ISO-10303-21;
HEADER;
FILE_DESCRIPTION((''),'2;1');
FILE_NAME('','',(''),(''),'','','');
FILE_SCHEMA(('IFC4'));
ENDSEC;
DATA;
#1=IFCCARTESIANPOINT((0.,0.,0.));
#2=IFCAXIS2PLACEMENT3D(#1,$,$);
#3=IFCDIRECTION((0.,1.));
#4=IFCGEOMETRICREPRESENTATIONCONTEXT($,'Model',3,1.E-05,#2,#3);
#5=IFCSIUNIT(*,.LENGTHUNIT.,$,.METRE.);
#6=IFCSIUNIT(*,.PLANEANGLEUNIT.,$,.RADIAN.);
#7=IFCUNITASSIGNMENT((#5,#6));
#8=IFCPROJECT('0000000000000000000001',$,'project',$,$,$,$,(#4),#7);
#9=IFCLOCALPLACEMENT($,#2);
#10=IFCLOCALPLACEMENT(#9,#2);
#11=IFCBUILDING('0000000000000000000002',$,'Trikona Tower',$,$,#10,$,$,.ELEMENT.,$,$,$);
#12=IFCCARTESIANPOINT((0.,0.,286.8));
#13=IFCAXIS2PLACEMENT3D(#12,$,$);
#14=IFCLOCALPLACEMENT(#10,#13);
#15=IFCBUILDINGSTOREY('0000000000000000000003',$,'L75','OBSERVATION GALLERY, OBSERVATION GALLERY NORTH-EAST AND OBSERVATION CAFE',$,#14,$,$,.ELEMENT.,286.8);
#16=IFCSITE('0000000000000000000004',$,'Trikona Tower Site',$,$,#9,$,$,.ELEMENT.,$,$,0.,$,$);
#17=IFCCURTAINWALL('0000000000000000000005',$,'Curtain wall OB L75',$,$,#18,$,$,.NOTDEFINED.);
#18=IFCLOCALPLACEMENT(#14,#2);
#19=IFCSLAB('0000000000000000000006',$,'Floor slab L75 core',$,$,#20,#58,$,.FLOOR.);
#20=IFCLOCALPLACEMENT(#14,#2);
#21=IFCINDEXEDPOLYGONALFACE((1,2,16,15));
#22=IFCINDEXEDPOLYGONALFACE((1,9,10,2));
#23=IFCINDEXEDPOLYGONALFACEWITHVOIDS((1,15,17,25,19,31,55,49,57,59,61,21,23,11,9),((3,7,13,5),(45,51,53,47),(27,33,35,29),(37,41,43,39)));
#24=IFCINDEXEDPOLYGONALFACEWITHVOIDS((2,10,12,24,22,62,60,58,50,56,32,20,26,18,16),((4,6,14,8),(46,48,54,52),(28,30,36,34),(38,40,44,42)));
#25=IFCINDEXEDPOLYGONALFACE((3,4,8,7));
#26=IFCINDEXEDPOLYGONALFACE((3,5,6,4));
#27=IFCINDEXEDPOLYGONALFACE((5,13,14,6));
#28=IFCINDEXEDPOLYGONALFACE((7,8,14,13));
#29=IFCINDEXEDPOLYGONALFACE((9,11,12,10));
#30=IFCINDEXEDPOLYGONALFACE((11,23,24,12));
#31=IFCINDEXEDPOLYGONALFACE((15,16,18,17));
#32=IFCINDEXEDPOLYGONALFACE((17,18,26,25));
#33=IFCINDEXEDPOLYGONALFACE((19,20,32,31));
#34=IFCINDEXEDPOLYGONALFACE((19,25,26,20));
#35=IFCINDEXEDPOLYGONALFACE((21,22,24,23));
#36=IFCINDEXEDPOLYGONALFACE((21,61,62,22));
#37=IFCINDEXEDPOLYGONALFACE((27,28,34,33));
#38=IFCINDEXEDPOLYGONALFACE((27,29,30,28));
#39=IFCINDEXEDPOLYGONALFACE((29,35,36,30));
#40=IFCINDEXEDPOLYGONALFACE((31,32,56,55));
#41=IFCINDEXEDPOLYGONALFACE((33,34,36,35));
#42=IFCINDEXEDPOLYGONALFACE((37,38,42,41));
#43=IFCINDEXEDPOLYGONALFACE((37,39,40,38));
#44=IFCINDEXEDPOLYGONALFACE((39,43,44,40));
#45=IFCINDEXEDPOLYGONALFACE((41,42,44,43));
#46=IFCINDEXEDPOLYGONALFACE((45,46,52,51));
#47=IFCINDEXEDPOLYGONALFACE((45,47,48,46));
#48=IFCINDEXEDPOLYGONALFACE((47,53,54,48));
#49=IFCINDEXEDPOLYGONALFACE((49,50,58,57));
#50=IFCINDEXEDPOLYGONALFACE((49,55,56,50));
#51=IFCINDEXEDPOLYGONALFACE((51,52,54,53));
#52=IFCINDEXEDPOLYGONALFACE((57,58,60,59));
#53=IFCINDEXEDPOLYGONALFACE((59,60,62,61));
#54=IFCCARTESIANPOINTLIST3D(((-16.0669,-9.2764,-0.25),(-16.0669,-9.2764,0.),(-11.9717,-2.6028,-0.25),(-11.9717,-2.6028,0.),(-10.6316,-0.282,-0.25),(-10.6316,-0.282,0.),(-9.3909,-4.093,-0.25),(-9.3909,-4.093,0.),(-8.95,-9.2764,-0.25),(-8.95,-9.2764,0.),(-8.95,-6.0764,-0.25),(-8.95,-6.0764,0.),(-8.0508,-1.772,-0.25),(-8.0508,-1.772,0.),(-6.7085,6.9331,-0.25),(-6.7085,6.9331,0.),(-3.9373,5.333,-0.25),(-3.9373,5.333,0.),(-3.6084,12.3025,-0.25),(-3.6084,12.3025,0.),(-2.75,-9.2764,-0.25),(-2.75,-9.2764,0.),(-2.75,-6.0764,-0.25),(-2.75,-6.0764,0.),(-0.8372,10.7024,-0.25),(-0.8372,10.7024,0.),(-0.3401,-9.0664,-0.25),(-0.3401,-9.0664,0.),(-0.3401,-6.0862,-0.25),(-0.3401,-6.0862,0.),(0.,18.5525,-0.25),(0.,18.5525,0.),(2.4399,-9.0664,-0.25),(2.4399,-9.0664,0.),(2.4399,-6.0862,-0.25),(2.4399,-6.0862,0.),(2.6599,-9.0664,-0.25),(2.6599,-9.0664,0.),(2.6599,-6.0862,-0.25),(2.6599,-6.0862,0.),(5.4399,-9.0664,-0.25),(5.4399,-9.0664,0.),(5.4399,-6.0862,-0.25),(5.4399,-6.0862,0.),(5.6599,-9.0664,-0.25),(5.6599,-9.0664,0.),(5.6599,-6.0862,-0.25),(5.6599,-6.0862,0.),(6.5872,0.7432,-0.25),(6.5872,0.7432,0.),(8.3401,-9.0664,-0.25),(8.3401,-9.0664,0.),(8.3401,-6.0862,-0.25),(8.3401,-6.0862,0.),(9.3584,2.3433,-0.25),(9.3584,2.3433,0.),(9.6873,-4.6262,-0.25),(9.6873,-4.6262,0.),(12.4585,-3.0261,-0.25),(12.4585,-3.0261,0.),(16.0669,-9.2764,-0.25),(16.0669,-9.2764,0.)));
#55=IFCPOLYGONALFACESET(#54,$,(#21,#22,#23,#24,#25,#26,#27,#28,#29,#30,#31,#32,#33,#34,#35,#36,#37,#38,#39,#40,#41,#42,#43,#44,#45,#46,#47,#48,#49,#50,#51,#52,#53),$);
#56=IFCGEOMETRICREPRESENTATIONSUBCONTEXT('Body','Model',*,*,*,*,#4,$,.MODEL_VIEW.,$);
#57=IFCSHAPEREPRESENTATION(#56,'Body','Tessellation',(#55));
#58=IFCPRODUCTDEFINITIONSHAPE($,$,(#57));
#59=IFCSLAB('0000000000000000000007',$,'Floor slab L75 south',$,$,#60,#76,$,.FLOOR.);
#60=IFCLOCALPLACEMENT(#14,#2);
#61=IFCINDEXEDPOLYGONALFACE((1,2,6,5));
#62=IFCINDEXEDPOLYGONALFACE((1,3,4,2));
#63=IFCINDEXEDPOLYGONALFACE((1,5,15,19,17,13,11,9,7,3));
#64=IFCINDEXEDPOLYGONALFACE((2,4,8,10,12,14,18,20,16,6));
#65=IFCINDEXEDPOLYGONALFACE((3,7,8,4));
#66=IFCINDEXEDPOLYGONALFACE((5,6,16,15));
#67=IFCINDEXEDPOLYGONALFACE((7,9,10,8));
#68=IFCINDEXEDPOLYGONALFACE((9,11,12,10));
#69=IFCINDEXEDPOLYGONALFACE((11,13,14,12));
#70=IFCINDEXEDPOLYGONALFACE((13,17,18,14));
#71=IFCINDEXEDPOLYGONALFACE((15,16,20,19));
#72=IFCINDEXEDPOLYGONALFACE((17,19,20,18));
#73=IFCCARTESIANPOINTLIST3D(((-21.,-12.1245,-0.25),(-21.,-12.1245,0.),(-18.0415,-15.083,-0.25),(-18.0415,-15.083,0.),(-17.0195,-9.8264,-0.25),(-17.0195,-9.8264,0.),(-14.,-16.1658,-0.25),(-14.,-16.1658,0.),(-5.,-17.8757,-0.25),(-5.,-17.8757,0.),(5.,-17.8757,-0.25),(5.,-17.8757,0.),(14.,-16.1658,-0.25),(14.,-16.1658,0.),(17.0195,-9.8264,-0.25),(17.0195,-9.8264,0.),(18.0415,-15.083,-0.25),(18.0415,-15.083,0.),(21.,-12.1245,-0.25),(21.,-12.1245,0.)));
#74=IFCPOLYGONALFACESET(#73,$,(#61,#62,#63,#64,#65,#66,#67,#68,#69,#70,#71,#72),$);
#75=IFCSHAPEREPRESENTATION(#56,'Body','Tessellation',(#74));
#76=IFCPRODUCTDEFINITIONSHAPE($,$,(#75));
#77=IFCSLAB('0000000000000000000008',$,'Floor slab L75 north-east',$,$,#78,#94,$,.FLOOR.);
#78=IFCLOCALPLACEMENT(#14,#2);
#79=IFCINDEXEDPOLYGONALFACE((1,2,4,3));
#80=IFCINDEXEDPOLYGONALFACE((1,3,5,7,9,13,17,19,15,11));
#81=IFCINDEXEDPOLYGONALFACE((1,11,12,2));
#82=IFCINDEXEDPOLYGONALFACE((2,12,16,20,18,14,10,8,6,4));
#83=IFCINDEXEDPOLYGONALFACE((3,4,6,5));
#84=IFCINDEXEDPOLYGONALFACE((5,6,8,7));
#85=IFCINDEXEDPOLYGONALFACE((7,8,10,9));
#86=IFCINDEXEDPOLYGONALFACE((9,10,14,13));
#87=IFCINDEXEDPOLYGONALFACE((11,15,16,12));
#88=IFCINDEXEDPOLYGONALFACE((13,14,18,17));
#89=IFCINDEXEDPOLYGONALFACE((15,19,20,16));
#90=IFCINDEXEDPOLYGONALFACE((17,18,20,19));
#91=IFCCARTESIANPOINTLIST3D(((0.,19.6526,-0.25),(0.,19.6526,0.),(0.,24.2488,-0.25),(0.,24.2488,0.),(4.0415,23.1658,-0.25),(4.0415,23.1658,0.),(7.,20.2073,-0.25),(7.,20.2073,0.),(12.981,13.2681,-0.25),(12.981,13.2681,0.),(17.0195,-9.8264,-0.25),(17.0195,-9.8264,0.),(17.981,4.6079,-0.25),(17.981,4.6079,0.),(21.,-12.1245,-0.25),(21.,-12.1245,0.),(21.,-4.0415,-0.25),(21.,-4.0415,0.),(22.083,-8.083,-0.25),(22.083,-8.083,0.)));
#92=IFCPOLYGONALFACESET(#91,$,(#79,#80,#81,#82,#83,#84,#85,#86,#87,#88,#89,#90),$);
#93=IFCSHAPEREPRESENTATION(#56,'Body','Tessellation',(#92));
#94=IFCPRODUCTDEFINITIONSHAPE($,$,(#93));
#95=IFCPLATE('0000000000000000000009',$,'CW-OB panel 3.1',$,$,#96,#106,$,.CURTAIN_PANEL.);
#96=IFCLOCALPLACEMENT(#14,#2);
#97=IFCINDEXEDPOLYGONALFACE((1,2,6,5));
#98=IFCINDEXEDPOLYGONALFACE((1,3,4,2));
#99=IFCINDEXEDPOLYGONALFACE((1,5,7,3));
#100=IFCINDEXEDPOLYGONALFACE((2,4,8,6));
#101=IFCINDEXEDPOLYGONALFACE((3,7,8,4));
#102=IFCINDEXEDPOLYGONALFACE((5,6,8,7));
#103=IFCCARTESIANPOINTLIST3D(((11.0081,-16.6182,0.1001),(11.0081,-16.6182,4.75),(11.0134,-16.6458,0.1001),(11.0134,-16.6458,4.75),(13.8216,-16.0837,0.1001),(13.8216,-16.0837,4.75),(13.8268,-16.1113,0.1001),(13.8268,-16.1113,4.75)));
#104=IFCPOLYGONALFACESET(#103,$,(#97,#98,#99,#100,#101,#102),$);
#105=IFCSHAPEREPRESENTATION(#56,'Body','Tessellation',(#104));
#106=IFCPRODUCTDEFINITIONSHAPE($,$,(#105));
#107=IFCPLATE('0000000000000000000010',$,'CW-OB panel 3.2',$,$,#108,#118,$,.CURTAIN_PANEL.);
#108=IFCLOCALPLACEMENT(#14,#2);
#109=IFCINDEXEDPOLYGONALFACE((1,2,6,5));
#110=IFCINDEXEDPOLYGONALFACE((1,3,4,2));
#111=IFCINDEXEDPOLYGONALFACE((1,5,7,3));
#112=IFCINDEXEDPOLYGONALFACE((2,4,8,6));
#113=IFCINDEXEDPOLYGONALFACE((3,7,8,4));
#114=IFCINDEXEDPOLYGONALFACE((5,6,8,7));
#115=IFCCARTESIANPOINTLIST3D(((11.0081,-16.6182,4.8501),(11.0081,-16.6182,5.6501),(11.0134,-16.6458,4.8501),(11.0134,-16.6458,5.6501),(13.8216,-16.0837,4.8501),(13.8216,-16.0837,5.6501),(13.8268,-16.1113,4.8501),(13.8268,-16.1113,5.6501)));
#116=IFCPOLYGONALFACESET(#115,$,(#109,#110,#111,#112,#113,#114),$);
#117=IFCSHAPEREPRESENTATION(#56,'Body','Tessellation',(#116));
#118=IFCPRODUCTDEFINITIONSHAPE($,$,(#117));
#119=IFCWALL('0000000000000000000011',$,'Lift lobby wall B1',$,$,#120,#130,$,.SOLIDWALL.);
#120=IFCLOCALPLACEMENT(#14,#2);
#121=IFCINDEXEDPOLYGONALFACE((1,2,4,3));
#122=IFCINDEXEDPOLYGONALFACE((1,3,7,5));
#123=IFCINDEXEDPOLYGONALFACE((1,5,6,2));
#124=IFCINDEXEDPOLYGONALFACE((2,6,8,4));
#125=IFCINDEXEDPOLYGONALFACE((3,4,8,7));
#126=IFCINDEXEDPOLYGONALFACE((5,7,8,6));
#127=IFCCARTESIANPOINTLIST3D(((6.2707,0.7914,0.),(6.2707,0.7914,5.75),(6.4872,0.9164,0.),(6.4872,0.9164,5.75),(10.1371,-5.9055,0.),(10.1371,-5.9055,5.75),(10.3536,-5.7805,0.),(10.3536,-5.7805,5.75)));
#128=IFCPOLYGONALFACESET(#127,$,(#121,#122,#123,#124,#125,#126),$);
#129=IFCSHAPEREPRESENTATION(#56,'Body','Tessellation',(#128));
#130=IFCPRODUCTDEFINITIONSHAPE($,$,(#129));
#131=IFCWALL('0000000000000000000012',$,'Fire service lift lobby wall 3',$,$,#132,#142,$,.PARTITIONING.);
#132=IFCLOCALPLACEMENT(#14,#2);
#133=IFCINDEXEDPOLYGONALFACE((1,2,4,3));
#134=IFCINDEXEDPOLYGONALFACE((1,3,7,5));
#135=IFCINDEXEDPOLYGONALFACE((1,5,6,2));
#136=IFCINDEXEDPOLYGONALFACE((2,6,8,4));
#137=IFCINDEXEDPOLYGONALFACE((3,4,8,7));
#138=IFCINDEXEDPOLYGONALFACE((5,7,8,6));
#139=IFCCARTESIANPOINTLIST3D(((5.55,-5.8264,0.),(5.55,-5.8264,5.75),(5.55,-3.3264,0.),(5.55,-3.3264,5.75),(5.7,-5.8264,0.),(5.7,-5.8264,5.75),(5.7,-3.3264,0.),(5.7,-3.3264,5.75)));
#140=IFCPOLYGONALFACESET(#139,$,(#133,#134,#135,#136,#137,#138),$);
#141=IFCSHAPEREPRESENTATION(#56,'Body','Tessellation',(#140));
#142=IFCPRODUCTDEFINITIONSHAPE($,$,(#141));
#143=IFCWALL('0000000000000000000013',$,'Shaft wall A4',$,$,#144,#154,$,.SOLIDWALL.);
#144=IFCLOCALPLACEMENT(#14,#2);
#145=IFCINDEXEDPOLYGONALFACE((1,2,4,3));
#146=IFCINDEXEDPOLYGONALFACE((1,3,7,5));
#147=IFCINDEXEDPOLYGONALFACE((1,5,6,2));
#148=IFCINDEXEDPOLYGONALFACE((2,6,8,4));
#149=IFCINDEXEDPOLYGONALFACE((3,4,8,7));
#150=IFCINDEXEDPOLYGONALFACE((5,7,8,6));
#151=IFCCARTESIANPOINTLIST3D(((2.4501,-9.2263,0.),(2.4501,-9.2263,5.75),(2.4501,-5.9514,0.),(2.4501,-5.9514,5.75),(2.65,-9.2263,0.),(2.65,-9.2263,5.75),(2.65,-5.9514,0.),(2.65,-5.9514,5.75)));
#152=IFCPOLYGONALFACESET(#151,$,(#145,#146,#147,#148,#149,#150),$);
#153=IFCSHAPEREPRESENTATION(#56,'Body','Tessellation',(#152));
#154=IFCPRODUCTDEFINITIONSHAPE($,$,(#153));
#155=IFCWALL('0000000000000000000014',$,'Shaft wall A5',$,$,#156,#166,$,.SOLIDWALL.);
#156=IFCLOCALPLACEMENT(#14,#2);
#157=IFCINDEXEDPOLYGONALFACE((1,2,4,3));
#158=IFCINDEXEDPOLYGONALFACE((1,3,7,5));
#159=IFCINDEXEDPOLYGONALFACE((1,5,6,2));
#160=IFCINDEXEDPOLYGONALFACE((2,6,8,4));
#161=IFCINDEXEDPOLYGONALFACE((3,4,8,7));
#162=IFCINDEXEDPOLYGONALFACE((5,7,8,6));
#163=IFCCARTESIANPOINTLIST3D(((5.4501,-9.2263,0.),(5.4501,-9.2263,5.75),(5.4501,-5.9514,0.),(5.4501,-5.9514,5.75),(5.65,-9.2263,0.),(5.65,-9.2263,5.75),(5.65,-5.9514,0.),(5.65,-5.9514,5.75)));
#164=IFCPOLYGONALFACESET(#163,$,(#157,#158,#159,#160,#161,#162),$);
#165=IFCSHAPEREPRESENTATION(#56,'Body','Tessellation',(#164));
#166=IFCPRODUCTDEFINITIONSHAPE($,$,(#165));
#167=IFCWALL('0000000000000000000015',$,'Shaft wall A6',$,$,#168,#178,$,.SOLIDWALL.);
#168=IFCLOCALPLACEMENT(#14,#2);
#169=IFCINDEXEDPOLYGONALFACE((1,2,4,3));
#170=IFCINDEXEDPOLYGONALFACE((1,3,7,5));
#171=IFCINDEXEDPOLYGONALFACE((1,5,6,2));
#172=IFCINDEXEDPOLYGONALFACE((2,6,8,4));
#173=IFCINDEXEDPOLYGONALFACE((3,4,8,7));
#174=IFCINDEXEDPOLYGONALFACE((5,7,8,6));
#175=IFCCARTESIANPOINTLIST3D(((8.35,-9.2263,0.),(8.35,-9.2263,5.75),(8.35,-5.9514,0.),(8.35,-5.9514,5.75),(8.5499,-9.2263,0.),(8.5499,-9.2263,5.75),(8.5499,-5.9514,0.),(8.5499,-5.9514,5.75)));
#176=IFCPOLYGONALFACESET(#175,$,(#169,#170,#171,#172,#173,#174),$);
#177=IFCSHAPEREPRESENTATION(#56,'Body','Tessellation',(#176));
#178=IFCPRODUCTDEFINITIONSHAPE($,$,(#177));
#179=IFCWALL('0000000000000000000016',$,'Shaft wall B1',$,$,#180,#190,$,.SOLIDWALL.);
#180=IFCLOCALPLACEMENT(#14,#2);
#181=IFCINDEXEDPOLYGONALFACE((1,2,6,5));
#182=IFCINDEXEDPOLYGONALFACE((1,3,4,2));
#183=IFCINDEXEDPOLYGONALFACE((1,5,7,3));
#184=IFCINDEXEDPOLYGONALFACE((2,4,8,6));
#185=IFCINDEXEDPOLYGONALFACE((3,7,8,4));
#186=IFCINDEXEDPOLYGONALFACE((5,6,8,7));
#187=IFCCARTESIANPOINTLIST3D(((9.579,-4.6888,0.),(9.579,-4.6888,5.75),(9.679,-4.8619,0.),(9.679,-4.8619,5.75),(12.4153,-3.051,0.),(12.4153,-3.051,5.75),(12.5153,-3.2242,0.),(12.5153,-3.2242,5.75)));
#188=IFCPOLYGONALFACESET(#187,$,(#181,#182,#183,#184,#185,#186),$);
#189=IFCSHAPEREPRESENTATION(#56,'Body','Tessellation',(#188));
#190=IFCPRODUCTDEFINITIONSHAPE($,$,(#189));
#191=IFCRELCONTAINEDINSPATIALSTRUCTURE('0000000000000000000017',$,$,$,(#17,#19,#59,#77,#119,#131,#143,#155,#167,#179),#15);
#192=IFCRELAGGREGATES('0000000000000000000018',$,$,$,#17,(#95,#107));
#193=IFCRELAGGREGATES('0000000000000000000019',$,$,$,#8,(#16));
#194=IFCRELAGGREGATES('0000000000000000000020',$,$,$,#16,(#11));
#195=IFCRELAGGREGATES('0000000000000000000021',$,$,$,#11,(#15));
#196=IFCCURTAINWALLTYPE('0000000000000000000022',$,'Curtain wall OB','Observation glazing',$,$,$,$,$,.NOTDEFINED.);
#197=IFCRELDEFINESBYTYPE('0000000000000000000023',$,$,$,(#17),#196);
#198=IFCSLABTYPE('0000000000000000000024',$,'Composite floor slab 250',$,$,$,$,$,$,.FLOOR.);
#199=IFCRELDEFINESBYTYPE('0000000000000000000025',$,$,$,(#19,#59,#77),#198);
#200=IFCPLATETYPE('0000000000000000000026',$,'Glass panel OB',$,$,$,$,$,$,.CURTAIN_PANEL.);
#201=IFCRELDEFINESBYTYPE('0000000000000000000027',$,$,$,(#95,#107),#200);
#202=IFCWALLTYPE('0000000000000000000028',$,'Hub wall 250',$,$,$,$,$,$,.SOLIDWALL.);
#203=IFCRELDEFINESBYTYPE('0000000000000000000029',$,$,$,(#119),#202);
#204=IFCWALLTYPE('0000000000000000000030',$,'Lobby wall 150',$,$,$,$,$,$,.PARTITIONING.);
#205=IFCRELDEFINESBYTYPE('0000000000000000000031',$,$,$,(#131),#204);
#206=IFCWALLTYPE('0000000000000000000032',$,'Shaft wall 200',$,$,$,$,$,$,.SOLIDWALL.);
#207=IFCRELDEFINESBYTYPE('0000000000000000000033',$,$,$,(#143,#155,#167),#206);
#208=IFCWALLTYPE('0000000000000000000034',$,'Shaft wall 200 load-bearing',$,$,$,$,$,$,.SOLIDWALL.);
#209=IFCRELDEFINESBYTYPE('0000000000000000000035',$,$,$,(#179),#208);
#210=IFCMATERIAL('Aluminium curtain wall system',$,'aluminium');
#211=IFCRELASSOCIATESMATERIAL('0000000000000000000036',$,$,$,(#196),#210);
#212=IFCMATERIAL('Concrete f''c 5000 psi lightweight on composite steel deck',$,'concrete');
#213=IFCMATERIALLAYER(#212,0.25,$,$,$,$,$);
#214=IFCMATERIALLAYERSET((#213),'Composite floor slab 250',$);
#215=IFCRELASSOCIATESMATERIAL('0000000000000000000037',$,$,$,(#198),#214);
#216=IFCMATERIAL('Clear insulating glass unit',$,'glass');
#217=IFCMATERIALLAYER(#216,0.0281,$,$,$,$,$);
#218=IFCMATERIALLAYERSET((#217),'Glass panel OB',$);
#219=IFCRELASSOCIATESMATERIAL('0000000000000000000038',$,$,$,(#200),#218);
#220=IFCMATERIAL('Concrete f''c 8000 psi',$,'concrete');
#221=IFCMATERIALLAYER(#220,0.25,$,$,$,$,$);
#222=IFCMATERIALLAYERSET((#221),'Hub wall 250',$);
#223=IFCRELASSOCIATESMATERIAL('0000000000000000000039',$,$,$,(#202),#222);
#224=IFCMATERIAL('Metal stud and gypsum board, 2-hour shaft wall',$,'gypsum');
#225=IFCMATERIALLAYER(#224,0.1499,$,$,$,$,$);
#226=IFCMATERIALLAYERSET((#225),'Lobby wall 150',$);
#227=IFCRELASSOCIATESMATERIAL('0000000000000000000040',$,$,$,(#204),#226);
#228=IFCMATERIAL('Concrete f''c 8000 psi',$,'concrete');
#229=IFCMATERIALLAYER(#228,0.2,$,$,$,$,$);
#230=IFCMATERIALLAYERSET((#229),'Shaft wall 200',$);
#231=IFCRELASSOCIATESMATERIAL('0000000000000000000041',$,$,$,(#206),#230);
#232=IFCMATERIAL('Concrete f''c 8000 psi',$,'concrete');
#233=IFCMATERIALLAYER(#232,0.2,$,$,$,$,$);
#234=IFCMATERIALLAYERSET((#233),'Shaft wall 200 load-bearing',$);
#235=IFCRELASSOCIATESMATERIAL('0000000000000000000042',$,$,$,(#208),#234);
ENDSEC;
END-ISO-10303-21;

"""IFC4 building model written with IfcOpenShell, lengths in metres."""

from ifc_helpers import new_model, si_unit, direction, frame, frame_2d, origin, origin_2d, place, context, subcontext, project, spatial, polyline, rectangle, outline, extrude, material, layer, layer_set, type_object, element, aggregate, save


model = new_model("IFC4")

# Units and contexts
model_context = context("Model", 3, precision=1e-05, world=origin(), true_north=direction((0.0, 1.0)))
body_context = subcontext(model_context, "Body", "Model", "MODEL_VIEW")
ifc_project = project(units=[si_unit("LENGTHUNIT", "METRE"), si_unit("PLANEANGLEUNIT", "RADIAN")], contexts=[model_context])

# Site, building, storey
site_placement = place(None, origin())
site = spatial("IfcSite", under=ifc_project, at=site_placement, Name="Trikona Tower Site", CompositionType="ELEMENT", RefElevation=0.0)
building_placement = place(site_placement, origin())
building = spatial("IfcBuilding", under=site, at=building_placement, Name="Trikona Tower", CompositionType="ELEMENT")
storey_placement = place(building_placement, frame((0.0, 0.0, 286.8)))
storey = spatial("IfcBuildingStorey", under=building, at=storey_placement, Name="L75", Description="OBSERVATION GALLERY, OBSERVATION GALLERY NORTH-EAST AND OBSERVATION CAFE", CompositionType="ELEMENT", Elevation=286.8)

# Curtain wall
ifc_material_1 = material(Name="Aluminium curtain wall system", Category="aluminium")
curtain_wall_type = type_object("IfcCurtainWallType", Name="Curtain wall OB", Description="Observation glazing", PredefinedType="NOTDEFINED", material=ifc_material_1)
curtain_wall_placement = place(storey_placement, origin())
curtain_wall = element("IfcCurtainWall", 1, at=curtain_wall_placement, inside=storey, type_object=curtain_wall_type, Name="Curtain wall OB L75", PredefinedType="NOTDEFINED")

# Slabs
ifc_material_2 = material(Name="Concrete f'c 5000 psi lightweight on composite steel deck", Category="concrete")
ifc_layer_1 = layer(ifc_material_2, 0.25)
ifc_layer_set_1 = layer_set([ifc_layer_1], Name="Composite floor slab 250")
slab_type = type_object("IfcSlabType", Name="Composite floor slab 250", PredefinedType="FLOOR", material=ifc_layer_set_1)
slab_1_placement = place(storey_placement, frame((0.0, 0.0, -0.25)))
element("IfcSlab", 2, at=slab_1_placement, inside=storey, type_object=slab_type, Name="Floor slab L75 core", PredefinedType="FLOOR", context=body_context, shape_type="SweptSolid", body=[
    extrude(outline(polyline([(-16.0669, -9.2764), (-8.95, -9.2764), (-8.95, -6.0764), (-2.75, -6.0764), (-2.75, -9.2764), (16.0669, -9.2764), (12.4585, -3.0261), (9.6873, -4.6262), (6.5872, 0.7432), (9.3584, 2.3433), (0.0, 18.5525), (-3.6084, 12.3025), (-0.8372, 10.7024), (-3.9373, 5.333), (-6.7085, 6.9331), (-16.0669, -9.2764)]), holes=[polyline([(5.6599, -9.0664), (8.3401, -9.0664), (8.3401, -6.0862), (5.6599, -6.0862), (5.6599, -9.0664)]), polyline([(5.4399, -9.0664), (5.4399, -6.0862), (2.6599, -6.0862), (2.6599, -9.0664), (5.4399, -9.0664)]), polyline([(2.4399, -6.0862), (-0.3401, -6.0862), (-0.3401, -9.0664), (2.4399, -9.0664), (2.4399, -6.0862)]), polyline([(-11.9717, -2.6028), (-9.3909, -4.093), (-8.0508, -1.772), (-10.6316, -0.282), (-11.9717, -2.6028)])]), origin(), (0.0, 0.0, 1.0), 0.25),
])
slab_2_placement = place(storey_placement, frame((0.0, 0.0, -0.25)))
element("IfcSlab", 3, at=slab_2_placement, inside=storey, type_object=slab_type, Name="Floor slab L75 south", PredefinedType="FLOOR", context=body_context, shape_type="SweptSolid", body=[
    extrude(outline(polyline([(21.0, -12.1245), (17.0195, -9.8264), (-17.0195, -9.8264), (-21.0, -12.1245), (-18.0415, -15.083), (-14.0, -16.1658), (-5.0, -17.8757), (5.0, -17.8757), (14.0, -16.1658), (18.0415, -15.083), (21.0, -12.1245)])), origin(), (0.0, 0.0, 1.0), 0.25),
])
slab_3_placement = place(storey_placement, frame((0.0, 0.0, -0.25)))
element("IfcSlab", 4, at=slab_3_placement, inside=storey, type_object=slab_type, Name="Floor slab L75 north-east", PredefinedType="FLOOR", context=body_context, shape_type="SweptSolid", body=[
    extrude(outline(polyline([(4.0415, 23.1658), (0.0, 24.2488), (0.0, 19.6526), (17.0195, -9.8264), (21.0, -12.1245), (22.083, -8.083), (21.0, -4.0415), (17.981, 4.6079), (12.981, 13.2681), (7.0, 20.2073), (4.0415, 23.1658)])), origin(), (0.0, 0.0, 1.0), 0.25),
])

# Plates
ifc_material_3 = material(Name="Clear insulating glass unit", Category="glass")
ifc_layer_2 = layer(ifc_material_3, 0.0281)
ifc_layer_set_2 = layer_set([ifc_layer_2], Name="Glass panel OB")
plate_type = type_object("IfcPlateType", Name="Glass panel OB", PredefinedType="CURTAIN_PANEL", material=ifc_layer_set_2)
plate_1_placement = place(storey_placement, frame((12.4175, -16.3647, 0.1001), z_axis=(0.0, 0.0, 1.0), x_axis=(0.982424, 0.186661, 0.0)))
plate_1 = element("IfcPlate", 5, at=plate_1_placement, type_object=plate_type, Name="CW-OB panel 3.1", PredefinedType="CURTAIN_PANEL", context=body_context, shape_type="SweptSolid", body=[
    extrude(rectangle(XDim=2.8638, YDim=0.0281, at=origin_2d()), origin(), (0.0, 0.0, 1.0), 4.6499),
])
plate_2_placement = place(storey_placement, frame((12.4175, -16.3647, 4.8501), z_axis=(0.0, 0.0, 1.0), x_axis=(0.982424, 0.186661, 0.0)))
plate_2 = element("IfcPlate", 6, at=plate_2_placement, type_object=plate_type, Name="CW-OB panel 3.2", PredefinedType="CURTAIN_PANEL", context=body_context, shape_type="SweptSolid", body=[
    extrude(rectangle(XDim=2.8638, YDim=0.0281, at=origin_2d()), origin(), (0.0, 0.0, 1.0), 0.8),
])
aggregate(curtain_wall, [plate_1, plate_2])

# Walls
ifc_material_4 = material(Name="Concrete f'c 8000 psi", Category="concrete")
ifc_layer_3 = layer(ifc_material_4, 0.25)
ifc_layer_set_3 = layer_set([ifc_layer_3], Name="Hub wall 250")
wall_type_1 = type_object("IfcWallType", Name="Hub wall 250", PredefinedType="SOLIDWALL", material=ifc_layer_set_3)
wall_1_placement = place(storey_placement, frame((10.2454, -5.843, 0.0), z_axis=(0.0, 0.0, 1.0), x_axis=(-0.499993, 0.866029, 0.0)))
element("IfcWall", 7, at=wall_1_placement, inside=storey, type_object=wall_type_1, Name="Lift lobby wall B1", PredefinedType="SOLIDWALL", context=body_context, shape_type="SweptSolid", body=[
    extrude(rectangle(XDim=7.7329, YDim=0.25, at=frame_2d((3.8665, 0.0))), origin(), (0.0, 0.0, 1.0), 5.75),
])
ifc_material_5 = material(Name="Metal stud and gypsum board, 2-hour shaft wall", Category="gypsum")
ifc_layer_4 = layer(ifc_material_5, 0.1499)
ifc_layer_set_4 = layer_set([ifc_layer_4], Name="Lobby wall 150")
wall_type_2 = type_object("IfcWallType", Name="Lobby wall 150", PredefinedType="PARTITIONING", material=ifc_layer_set_4)
wall_2_placement = place(storey_placement, frame((5.625, -5.8264, 0.0), z_axis=(0.0, 0.0, 1.0), x_axis=(0.0, 1.0, 0.0)))
element("IfcWall", 8, at=wall_2_placement, inside=storey, type_object=wall_type_2, Name="Fire service lift lobby wall 3", PredefinedType="PARTITIONING", context=body_context, shape_type="SweptSolid", body=[
    extrude(rectangle(XDim=2.5, YDim=0.1499, at=frame_2d((1.25, 0.0))), origin(), (0.0, 0.0, 1.0), 5.75),
])
ifc_material_6 = material(Name="Concrete f'c 8000 psi", Category="concrete")
ifc_layer_5 = layer(ifc_material_6, 0.2)
ifc_layer_set_5 = layer_set([ifc_layer_5], Name="Shaft wall 200")
wall_type_3 = type_object("IfcWallType", Name="Shaft wall 200", PredefinedType="SOLIDWALL", material=ifc_layer_set_5)
for number, where, z_axis, x_axis, name in (
    (9, (2.55, -5.9514, 0.0), (0.0, 0.0, 1.0), (0.0, -1.0, 0.0), "Shaft wall A4"),
    (10, (5.55, -5.9514, 0.0), (0.0, 0.0, 1.0), (0.0, -1.0, 0.0), "Shaft wall A5"),
    (11, (8.45, -5.9514, 0.0), (0.0, 0.0, 1.0), (0.0, -1.0, 0.0), "Shaft wall A6"),
):
    element("IfcWall", number, at=place(storey_placement, frame(where, z_axis=z_axis, x_axis=x_axis)), inside=storey, type_object=wall_type_3, Name=name, PredefinedType="SOLIDWALL", context=body_context, shape_type="SweptSolid", body=[
        extrude(rectangle(XDim=3.2749, YDim=0.2, at=frame_2d((1.6375, 0.0))), origin(), (0.0, 0.0, 1.0), 5.75),
    ])
ifc_material_7 = material(Name="Concrete f'c 8000 psi", Category="concrete")
ifc_layer_6 = layer(ifc_material_7, 0.2)
ifc_layer_set_6 = layer_set([ifc_layer_6], Name="Shaft wall 200 load-bearing")
wall_type_4 = type_object("IfcWallType", Name="Shaft wall 200 load-bearing", PredefinedType="SOLIDWALL", material=ifc_layer_set_6)
wall_3_placement = place(storey_placement, frame((9.6289, -4.7754, 0.0), z_axis=(0.0, 0.0, 1.0), x_axis=(0.865996, 0.500052, 0.0)))
element("IfcWall", 12, at=wall_3_placement, inside=storey, type_object=wall_type_4, Name="Shaft wall B1", PredefinedType="SOLIDWALL", context=body_context, shape_type="SweptSolid", body=[
    extrude(rectangle(XDim=3.2751, YDim=0.2, at=frame_2d((1.6377, 0.0))), origin(), (0.0, 0.0, 1.0), 5.75),
])

save(model, "model.ifc")
